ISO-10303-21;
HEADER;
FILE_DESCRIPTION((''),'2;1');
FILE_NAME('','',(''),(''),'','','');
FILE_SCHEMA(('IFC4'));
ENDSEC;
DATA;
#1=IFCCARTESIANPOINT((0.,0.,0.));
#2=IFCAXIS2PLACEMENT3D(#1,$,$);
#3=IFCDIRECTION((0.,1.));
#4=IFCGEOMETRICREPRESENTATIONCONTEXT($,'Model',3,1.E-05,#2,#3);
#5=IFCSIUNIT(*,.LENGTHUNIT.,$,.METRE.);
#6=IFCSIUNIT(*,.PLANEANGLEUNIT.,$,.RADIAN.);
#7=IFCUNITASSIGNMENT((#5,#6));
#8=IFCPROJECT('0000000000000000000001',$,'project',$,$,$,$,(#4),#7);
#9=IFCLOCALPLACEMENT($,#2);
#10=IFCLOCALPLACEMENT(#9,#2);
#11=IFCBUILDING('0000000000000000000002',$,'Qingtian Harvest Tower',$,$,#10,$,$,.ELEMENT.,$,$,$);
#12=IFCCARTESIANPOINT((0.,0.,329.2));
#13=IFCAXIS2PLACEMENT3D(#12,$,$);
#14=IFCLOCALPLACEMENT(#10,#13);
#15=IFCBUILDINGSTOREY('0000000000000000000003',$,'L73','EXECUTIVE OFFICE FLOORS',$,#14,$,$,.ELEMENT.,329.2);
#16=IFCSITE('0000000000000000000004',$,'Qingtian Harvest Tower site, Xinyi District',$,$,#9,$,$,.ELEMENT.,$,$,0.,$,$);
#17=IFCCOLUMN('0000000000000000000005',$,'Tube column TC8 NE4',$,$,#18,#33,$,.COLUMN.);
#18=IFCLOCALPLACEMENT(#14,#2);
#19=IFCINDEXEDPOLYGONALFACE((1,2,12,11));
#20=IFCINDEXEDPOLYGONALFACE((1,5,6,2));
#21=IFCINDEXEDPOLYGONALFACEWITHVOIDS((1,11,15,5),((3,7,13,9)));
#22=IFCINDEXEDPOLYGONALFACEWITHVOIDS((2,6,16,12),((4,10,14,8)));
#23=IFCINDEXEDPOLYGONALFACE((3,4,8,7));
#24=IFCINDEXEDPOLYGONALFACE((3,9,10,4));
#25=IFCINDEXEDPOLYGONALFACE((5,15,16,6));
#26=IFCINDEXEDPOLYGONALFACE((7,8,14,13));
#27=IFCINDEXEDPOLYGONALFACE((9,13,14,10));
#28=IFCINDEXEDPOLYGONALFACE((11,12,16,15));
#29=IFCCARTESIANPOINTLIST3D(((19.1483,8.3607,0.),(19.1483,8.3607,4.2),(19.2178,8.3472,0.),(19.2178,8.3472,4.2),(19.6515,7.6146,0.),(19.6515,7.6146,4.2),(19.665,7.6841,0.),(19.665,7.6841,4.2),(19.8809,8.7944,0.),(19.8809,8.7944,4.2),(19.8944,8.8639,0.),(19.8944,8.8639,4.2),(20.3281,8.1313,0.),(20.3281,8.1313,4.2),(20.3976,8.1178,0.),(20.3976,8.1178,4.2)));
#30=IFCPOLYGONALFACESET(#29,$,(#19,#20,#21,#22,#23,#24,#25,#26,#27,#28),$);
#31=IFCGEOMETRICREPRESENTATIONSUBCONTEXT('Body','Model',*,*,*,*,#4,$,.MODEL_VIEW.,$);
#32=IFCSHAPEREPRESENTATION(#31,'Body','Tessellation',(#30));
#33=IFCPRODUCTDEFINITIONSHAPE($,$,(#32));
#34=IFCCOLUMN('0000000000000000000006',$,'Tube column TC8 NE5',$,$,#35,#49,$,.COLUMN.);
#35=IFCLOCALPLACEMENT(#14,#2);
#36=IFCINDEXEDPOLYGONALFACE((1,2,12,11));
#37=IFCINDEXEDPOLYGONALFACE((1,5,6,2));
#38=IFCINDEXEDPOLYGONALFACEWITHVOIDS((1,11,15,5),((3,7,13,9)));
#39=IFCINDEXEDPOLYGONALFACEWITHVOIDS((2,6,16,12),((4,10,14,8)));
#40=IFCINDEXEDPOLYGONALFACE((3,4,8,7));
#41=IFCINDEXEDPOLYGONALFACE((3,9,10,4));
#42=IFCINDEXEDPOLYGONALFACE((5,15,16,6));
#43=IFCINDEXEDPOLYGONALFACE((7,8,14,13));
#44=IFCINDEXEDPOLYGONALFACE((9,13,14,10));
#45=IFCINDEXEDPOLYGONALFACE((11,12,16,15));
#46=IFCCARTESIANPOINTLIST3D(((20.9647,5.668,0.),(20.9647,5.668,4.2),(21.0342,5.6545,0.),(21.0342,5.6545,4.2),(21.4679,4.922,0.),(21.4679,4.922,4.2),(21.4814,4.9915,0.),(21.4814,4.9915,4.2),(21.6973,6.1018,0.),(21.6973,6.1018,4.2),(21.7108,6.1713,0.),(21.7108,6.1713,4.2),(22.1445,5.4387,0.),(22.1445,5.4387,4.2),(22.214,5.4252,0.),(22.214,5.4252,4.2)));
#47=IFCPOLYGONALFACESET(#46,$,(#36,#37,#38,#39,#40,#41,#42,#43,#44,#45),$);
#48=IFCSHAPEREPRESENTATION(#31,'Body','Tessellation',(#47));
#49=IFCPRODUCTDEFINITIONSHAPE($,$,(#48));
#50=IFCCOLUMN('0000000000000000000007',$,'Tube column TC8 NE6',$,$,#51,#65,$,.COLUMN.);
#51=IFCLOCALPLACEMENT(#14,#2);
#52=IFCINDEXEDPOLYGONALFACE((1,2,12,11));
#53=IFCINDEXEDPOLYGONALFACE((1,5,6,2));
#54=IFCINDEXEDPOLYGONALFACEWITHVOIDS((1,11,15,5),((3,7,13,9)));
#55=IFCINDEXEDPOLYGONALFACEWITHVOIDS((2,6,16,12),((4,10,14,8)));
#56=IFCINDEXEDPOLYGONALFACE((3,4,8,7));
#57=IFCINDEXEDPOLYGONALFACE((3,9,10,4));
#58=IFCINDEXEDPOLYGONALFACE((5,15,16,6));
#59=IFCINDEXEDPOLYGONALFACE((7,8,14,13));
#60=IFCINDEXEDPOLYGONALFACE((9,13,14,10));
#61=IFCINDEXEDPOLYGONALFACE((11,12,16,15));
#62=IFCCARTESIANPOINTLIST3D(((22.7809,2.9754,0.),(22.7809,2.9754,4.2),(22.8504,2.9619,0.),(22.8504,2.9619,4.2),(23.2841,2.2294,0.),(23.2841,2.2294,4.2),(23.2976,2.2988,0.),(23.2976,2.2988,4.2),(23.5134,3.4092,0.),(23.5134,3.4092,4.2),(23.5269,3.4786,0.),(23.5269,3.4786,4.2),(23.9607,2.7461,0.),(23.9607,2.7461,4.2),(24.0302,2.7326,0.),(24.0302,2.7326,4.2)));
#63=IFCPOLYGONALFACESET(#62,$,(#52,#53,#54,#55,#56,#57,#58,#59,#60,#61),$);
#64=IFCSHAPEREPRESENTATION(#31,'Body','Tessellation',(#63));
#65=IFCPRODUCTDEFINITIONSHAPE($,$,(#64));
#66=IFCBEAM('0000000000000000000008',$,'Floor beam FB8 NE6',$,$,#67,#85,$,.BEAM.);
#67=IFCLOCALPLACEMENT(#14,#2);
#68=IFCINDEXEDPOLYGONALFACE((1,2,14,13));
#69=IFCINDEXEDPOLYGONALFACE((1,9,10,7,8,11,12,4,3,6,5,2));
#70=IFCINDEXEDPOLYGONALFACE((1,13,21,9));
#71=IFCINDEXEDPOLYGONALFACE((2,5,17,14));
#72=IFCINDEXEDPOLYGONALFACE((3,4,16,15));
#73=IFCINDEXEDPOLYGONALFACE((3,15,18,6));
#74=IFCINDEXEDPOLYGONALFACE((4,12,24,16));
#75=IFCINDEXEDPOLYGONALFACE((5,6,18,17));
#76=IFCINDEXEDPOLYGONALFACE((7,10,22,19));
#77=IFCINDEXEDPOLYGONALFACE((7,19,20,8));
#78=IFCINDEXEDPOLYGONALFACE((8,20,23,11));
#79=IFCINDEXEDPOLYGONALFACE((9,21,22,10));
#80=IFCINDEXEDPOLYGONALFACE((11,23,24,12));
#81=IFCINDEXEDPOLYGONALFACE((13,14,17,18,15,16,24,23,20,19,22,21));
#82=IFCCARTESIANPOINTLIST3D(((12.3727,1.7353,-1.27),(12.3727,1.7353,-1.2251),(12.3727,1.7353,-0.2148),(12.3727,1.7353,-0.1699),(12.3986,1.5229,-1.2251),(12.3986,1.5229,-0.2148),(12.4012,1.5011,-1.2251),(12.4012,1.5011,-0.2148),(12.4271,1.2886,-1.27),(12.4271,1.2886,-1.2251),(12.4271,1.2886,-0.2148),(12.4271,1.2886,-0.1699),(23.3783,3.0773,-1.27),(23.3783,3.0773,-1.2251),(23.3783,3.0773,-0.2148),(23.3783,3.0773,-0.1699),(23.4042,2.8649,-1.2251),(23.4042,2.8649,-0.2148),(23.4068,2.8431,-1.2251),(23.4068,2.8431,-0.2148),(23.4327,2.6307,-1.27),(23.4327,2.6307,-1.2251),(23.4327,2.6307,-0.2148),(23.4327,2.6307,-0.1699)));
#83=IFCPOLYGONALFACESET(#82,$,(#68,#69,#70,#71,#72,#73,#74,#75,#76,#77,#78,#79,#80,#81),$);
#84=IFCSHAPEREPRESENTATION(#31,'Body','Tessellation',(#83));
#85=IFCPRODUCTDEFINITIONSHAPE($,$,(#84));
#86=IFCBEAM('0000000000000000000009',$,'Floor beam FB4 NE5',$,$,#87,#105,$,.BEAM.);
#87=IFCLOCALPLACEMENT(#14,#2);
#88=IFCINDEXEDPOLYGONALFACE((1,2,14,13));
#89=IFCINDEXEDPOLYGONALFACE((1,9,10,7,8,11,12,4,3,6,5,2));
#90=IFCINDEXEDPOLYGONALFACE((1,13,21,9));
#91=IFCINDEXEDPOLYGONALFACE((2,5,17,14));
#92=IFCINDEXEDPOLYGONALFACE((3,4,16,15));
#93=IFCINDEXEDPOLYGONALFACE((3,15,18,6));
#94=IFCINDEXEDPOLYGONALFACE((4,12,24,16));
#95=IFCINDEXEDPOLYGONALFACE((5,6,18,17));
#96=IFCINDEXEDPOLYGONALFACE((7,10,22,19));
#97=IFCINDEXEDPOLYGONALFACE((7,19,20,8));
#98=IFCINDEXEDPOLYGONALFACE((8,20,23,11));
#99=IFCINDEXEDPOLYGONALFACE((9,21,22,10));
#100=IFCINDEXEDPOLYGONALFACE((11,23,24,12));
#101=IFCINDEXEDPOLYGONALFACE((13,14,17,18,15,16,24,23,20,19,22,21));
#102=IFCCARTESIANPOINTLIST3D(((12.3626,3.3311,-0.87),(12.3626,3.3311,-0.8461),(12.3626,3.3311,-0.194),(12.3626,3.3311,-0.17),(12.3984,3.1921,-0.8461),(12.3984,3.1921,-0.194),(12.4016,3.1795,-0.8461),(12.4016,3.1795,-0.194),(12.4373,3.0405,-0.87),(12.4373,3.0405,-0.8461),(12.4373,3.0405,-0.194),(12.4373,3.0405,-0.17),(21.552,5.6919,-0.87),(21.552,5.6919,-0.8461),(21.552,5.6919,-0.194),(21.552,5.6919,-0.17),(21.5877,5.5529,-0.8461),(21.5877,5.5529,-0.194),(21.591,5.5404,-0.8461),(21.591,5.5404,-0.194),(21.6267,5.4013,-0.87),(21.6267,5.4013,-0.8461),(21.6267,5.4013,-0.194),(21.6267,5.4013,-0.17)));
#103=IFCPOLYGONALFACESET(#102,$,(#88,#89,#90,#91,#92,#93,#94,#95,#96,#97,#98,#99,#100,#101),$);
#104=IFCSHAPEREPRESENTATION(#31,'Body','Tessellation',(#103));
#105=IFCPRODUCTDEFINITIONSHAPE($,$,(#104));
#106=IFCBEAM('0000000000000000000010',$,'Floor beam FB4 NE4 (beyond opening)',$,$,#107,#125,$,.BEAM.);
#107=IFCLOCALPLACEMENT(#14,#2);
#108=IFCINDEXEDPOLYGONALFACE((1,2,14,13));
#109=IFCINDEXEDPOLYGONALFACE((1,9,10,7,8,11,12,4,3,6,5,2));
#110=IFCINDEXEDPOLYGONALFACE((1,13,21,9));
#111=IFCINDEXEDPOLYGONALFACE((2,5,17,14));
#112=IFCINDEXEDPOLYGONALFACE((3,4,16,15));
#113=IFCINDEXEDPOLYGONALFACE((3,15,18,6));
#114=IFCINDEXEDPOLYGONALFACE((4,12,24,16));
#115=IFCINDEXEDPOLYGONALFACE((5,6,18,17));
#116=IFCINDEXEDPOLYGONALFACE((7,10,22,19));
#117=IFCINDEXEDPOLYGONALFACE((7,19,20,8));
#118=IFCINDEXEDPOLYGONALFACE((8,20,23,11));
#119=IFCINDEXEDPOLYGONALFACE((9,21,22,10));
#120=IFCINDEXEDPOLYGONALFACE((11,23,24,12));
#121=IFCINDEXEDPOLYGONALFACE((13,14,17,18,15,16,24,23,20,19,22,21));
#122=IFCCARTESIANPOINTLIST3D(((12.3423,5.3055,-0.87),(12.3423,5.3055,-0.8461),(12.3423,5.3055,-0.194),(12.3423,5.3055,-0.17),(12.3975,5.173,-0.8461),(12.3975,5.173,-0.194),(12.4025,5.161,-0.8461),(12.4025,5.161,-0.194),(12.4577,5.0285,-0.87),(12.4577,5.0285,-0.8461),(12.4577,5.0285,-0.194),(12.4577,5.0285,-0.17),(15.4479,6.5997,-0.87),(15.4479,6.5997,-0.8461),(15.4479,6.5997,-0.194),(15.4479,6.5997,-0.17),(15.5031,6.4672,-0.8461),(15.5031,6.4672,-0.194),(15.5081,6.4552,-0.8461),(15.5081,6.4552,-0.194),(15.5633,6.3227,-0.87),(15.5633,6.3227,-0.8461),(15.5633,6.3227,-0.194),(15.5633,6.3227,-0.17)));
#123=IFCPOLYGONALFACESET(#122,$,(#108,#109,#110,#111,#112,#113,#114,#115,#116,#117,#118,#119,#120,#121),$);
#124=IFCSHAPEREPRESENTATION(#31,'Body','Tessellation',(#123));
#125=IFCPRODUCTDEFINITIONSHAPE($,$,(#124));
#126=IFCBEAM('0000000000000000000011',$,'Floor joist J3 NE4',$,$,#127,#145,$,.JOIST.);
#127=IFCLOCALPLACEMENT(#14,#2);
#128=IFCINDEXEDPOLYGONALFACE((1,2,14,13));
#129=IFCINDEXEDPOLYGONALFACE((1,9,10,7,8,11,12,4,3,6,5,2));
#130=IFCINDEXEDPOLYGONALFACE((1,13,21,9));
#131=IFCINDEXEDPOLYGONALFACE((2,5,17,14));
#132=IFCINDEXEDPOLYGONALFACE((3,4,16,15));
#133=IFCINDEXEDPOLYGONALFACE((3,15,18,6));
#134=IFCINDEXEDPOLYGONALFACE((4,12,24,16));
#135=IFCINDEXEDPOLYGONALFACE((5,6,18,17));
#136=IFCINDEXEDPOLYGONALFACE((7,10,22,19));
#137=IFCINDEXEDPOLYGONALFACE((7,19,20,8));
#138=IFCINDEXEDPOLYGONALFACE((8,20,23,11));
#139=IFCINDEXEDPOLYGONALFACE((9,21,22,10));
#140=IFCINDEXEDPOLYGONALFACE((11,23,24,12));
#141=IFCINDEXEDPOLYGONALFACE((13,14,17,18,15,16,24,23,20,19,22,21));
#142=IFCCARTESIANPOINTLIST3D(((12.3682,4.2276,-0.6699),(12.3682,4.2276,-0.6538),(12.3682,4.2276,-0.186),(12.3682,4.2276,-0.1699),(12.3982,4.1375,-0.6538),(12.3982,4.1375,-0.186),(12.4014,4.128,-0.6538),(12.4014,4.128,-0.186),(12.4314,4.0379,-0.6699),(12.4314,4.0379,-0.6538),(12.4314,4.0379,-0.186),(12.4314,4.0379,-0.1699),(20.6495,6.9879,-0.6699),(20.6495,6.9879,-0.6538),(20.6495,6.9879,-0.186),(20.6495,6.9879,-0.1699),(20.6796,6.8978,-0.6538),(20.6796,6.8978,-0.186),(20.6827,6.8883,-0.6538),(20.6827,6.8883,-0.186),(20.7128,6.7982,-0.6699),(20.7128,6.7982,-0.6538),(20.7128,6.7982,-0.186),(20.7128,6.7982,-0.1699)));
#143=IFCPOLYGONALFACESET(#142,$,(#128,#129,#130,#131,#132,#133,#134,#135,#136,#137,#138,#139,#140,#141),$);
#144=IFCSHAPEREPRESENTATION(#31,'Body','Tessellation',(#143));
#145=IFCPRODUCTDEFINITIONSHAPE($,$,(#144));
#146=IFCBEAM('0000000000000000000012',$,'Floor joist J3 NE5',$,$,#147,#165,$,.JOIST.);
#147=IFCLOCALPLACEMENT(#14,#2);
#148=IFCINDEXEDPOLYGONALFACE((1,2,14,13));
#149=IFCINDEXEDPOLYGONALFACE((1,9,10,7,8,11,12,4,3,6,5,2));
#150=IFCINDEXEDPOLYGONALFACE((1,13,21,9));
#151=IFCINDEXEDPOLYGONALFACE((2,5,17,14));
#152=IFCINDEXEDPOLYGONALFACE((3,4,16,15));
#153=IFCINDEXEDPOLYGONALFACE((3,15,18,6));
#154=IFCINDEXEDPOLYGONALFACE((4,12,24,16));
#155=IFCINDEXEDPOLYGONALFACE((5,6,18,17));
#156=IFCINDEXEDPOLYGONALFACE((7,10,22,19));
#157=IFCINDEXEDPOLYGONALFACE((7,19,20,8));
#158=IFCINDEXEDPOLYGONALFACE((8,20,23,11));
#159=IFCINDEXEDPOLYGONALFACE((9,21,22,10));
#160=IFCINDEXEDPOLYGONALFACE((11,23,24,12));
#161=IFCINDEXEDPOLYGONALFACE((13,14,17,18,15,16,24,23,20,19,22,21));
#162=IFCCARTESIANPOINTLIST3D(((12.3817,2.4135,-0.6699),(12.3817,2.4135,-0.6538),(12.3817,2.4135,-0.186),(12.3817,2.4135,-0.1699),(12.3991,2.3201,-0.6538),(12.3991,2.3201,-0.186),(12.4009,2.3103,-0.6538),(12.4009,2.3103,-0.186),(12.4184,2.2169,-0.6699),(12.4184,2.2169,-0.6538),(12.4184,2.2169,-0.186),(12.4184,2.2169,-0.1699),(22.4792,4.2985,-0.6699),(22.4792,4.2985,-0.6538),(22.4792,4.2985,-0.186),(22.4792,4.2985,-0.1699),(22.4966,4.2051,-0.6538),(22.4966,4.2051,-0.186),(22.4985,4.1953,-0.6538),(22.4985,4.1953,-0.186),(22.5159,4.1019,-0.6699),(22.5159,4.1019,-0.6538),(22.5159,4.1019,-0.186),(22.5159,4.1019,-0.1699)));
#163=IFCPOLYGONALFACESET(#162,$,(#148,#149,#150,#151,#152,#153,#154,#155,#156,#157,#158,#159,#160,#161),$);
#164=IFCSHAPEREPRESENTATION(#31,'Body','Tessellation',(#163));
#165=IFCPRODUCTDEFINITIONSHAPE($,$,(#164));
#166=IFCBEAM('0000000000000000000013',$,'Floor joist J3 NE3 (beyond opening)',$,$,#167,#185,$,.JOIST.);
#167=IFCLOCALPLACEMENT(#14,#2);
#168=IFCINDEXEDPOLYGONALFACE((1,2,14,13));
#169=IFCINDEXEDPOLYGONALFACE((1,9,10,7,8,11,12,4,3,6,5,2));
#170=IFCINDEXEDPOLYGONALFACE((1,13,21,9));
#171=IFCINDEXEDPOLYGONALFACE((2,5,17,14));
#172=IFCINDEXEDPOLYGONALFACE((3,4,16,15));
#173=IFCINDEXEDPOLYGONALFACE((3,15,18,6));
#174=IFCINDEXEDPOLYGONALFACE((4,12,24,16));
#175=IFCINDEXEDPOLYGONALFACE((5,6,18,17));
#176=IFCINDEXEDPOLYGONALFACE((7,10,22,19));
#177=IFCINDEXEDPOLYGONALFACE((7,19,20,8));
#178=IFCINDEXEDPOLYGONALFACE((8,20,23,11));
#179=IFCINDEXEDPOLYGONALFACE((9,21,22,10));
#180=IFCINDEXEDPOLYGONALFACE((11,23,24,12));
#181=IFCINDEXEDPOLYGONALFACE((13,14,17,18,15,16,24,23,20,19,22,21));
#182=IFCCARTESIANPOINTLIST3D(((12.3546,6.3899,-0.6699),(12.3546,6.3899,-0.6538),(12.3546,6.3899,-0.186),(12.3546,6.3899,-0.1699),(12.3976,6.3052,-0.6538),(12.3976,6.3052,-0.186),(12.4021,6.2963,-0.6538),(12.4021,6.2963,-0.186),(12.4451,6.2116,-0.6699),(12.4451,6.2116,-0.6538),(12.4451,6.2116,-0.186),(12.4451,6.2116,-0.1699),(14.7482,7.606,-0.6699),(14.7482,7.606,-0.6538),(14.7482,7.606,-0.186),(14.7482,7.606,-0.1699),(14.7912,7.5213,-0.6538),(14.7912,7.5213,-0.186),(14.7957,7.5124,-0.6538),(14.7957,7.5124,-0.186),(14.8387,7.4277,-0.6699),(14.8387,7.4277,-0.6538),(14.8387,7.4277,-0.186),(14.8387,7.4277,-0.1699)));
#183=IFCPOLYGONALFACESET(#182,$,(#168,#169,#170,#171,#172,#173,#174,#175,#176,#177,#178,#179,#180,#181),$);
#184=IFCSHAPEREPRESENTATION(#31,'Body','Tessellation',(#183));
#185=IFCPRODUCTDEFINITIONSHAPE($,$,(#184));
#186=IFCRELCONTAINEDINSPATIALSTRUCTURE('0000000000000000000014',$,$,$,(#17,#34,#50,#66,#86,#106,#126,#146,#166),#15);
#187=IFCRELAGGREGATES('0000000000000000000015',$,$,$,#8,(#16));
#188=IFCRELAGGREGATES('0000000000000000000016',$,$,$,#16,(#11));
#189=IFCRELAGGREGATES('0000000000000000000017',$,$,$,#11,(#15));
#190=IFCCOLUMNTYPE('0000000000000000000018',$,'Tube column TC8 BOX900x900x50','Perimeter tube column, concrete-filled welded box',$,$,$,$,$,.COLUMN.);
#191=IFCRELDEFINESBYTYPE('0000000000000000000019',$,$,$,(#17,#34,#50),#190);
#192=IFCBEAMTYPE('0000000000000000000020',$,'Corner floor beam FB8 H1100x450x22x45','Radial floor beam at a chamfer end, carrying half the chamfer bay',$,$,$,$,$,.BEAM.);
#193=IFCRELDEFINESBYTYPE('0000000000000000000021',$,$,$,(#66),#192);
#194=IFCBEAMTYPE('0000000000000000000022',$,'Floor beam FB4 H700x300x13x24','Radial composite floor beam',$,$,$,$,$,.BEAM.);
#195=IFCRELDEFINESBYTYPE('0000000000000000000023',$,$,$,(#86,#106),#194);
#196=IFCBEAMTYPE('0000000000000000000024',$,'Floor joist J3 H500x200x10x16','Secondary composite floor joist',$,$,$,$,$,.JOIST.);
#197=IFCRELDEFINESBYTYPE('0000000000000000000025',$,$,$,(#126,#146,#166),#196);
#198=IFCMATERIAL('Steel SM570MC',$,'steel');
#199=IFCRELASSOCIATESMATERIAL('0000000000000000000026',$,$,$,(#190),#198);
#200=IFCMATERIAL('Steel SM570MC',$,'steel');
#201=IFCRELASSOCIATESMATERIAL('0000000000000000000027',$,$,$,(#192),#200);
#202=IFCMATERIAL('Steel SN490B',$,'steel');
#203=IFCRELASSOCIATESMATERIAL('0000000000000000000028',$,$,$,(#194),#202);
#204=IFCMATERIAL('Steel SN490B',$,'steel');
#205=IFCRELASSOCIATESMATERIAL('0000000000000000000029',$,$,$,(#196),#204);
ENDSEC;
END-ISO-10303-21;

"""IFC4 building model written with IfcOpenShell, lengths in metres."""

from ifc_helpers import new_model, si_unit, direction, frame, origin, origin_2d, place, context, subcontext, project, spatial, hollow_rectangle, i_section, extrude, material, material_profile, profile_set, type_object, element, save


model = new_model("IFC4")

# Units and contexts
model_context = context("Model", 3, precision=1e-05, world=origin(), true_north=direction((0.0, 1.0)))
body_context = subcontext(model_context, "Body", "Model", "MODEL_VIEW")
ifc_project = project(units=[si_unit("LENGTHUNIT", "METRE"), si_unit("PLANEANGLEUNIT", "RADIAN")], contexts=[model_context])

# Site, building, storey
site_placement = place(None, origin())
site = spatial("IfcSite", under=ifc_project, at=site_placement, Name="Qingtian Harvest Tower site, Xinyi District", CompositionType="ELEMENT", RefElevation=0.0)
building_placement = place(site_placement, origin())
building = spatial("IfcBuilding", under=site, at=building_placement, Name="Qingtian Harvest Tower", CompositionType="ELEMENT")
storey_placement = place(building_placement, frame((0.0, 0.0, 329.2)))
storey = spatial("IfcBuildingStorey", under=building, at=storey_placement, Name="L73", Description="EXECUTIVE OFFICE FLOORS", CompositionType="ELEMENT", Elevation=329.2)

# Columns
ifc_material_1 = material(Name="Steel SM570MC", Category="steel")
ifc_material_profile_1 = material_profile(ifc_material_1, hollow_rectangle(XDim=0.8999, YDim=0.8999, WallThickness=0.05, at=origin_2d()), Name="BOX900x900x50")
ifc_profile_set_1 = profile_set([ifc_material_profile_1], Name="Steel SM570MC")
column_type = type_object("IfcColumnType", Name="Tube column TC8 BOX900x900x50", Description="Perimeter tube column, concrete-filled welded box", PredefinedType="COLUMN", material=ifc_profile_set_1)
for number, where, z_axis, x_axis, name in (
    (1, (19.7729, 8.2393, 0.0), (0.0, 0.0, 1.0), (-0.559193, 0.829038, 0.0), "Tube column TC8 NE4"),
    (2, (21.5894, 5.5466, 0.0), (0.0, 0.0, 1.0), (-0.559193, 0.829038, 0.0), "Tube column TC8 NE5"),
    (3, (23.4055, 2.854, 0.0), (0.0, 0.0, 1.0), (-0.559193, 0.829038, 0.0), "Tube column TC8 NE6"),
):
    element("IfcColumn", number, at=place(storey_placement, frame(where, z_axis=z_axis, x_axis=x_axis)), inside=storey, type_object=column_type, Name=name, PredefinedType="COLUMN", context=body_context, shape_type="SweptSolid", body=[
        extrude(hollow_rectangle(XDim=0.8999, YDim=0.8999, WallThickness=0.05, at=origin_2d()), origin(), (0.0, 0.0, 1.0), 4.2),
    ])

# Beams
ifc_material_2 = material(Name="Steel SM570MC", Category="steel")
ifc_material_profile_2 = material_profile(ifc_material_2, i_section(OverallWidth=0.45, OverallDepth=1.1001, WebThickness=0.022, FlangeThickness=0.0449, at=origin_2d()), Name="H1100x450x22x45")
ifc_profile_set_2 = profile_set([ifc_material_profile_2], Name="Steel SM570MC")
beam_type_1 = type_object("IfcBeamType", Name="Corner floor beam FB8 H1100x450x22x45", Description="Radial floor beam at a chamfer end, carrying half the chamfer bay", PredefinedType="BEAM", material=ifc_profile_set_2)
beam_1_placement = place(storey_placement, frame((23.4055, 2.854, -0.72), z_axis=(-0.992647, -0.121045, 0.0), x_axis=(0.121045, -0.992647, 0.0)))
element("IfcBeam", 4, at=beam_1_placement, inside=storey, type_object=beam_type_1, Name="Floor beam FB8 NE6", PredefinedType="BEAM", context=body_context, shape_type="SweptSolid", body=[
    extrude(i_section(OverallWidth=0.45, OverallDepth=1.1001, WebThickness=0.022, FlangeThickness=0.0449, at=origin_2d()), origin(), (0.0, 0.0, 1.0), 11.0872),
])
ifc_material_3 = material(Name="Steel SN490B", Category="steel")
ifc_material_profile_3 = material_profile(ifc_material_3, i_section(OverallWidth=0.3, OverallDepth=0.7, WebThickness=0.0129, FlangeThickness=0.0239, at=origin_2d()), Name="H700x300x13x24")
ifc_profile_set_3 = profile_set([ifc_material_profile_3], Name="Steel SN490B")
beam_type_2 = type_object("IfcBeamType", Name="Floor beam FB4 H700x300x13x24", Description="Radial composite floor beam", PredefinedType="BEAM", material=ifc_profile_set_3)
beam_2_placement = place(storey_placement, frame((21.5894, 5.5466, -0.52), z_axis=(-0.968548, -0.248827, 0.0), x_axis=(0.248827, -0.968548, 0.0)))
element("IfcBeam", 5, at=beam_2_placement, inside=storey, type_object=beam_type_2, Name="Floor beam FB4 NE5", PredefinedType="BEAM", context=body_context, shape_type="SweptSolid", body=[
    extrude(i_section(OverallWidth=0.3, OverallDepth=0.7, WebThickness=0.0129, FlangeThickness=0.0239, at=origin_2d()), origin(), (0.0, 0.0, 1.0), 9.4878),
])
beam_3_placement = place(storey_placement, frame((15.5056, 6.4612, -0.52), z_axis=(-0.923062, -0.384651, 0.0), x_axis=(0.384651, -0.923062, 0.0)))
element("IfcBeam", 6, at=beam_3_placement, inside=storey, type_object=beam_type_2, Name="Floor beam FB4 NE4 (beyond opening)", PredefinedType="BEAM", context=body_context, shape_type="SweptSolid", body=[
    extrude(i_section(OverallWidth=0.3, OverallDepth=0.7, WebThickness=0.0129, FlangeThickness=0.0239, at=origin_2d()), origin(), (0.0, 0.0, 1.0), 3.3645),
])
ifc_material_4 = material(Name="Steel SN490B", Category="steel")
ifc_material_profile_4 = material_profile(ifc_material_4, i_section(OverallWidth=0.2, OverallDepth=0.5, WebThickness=0.01, FlangeThickness=0.0161, at=origin_2d()), Name="H500x200x10x16")
ifc_profile_set_4 = profile_set([ifc_material_profile_4], Name="Steel SN490B")
beam_type_3 = type_object("IfcBeamType", Name="Floor joist J3 H500x200x10x16", Description="Secondary composite floor joist", PredefinedType="JOIST", material=ifc_profile_set_4)
beam_4_placement = place(storey_placement, frame((20.6812, 6.8931, -0.4199), z_axis=(-0.948689, -0.316211, 0.0), x_axis=(0.316211, -0.948689, 0.0)))
element("IfcBeam", 7, at=beam_4_placement, inside=storey, type_object=beam_type_3, Name="Floor joist J3 NE4", PredefinedType="JOIST", context=body_context, shape_type="SweptSolid", body=[
    extrude(i_section(OverallWidth=0.2, OverallDepth=0.5, WebThickness=0.01, FlangeThickness=0.0161, at=origin_2d()), origin(), (0.0, 0.0, 1.0), 8.7292),
])
beam_5_placement = place(storey_placement, frame((22.4976, 4.2002, -0.4199), z_axis=(-0.983018, -0.183508, 0.0), x_axis=(0.183508, -0.983018, 0.0)))
element("IfcBeam", 8, at=beam_5_placement, inside=storey, type_object=beam_type_3, Name="Floor joist J3 NE5", PredefinedType="JOIST", context=body_context, shape_type="SweptSolid", body=[
    extrude(i_section(OverallWidth=0.2, OverallDepth=0.5, WebThickness=0.01, FlangeThickness=0.0161, at=origin_2d()), origin(), (0.0, 0.0, 1.0), 10.272),
])
beam_6_placement = place(storey_placement, frame((14.7935, 7.5168, -0.4199), z_axis=(-0.891535, -0.452952, 0.0), x_axis=(0.452952, -0.891535, 0.0)))
element("IfcBeam", 9, at=beam_6_placement, inside=storey, type_object=beam_type_3, Name="Floor joist J3 NE3 (beyond opening)", PredefinedType="JOIST", context=body_context, shape_type="SweptSolid", body=[
    extrude(i_section(OverallWidth=0.2, OverallDepth=0.5, WebThickness=0.01, FlangeThickness=0.0161, at=origin_2d()), origin(), (0.0, 0.0, 1.0), 2.6848),
])

save(model, "model.ifc")
